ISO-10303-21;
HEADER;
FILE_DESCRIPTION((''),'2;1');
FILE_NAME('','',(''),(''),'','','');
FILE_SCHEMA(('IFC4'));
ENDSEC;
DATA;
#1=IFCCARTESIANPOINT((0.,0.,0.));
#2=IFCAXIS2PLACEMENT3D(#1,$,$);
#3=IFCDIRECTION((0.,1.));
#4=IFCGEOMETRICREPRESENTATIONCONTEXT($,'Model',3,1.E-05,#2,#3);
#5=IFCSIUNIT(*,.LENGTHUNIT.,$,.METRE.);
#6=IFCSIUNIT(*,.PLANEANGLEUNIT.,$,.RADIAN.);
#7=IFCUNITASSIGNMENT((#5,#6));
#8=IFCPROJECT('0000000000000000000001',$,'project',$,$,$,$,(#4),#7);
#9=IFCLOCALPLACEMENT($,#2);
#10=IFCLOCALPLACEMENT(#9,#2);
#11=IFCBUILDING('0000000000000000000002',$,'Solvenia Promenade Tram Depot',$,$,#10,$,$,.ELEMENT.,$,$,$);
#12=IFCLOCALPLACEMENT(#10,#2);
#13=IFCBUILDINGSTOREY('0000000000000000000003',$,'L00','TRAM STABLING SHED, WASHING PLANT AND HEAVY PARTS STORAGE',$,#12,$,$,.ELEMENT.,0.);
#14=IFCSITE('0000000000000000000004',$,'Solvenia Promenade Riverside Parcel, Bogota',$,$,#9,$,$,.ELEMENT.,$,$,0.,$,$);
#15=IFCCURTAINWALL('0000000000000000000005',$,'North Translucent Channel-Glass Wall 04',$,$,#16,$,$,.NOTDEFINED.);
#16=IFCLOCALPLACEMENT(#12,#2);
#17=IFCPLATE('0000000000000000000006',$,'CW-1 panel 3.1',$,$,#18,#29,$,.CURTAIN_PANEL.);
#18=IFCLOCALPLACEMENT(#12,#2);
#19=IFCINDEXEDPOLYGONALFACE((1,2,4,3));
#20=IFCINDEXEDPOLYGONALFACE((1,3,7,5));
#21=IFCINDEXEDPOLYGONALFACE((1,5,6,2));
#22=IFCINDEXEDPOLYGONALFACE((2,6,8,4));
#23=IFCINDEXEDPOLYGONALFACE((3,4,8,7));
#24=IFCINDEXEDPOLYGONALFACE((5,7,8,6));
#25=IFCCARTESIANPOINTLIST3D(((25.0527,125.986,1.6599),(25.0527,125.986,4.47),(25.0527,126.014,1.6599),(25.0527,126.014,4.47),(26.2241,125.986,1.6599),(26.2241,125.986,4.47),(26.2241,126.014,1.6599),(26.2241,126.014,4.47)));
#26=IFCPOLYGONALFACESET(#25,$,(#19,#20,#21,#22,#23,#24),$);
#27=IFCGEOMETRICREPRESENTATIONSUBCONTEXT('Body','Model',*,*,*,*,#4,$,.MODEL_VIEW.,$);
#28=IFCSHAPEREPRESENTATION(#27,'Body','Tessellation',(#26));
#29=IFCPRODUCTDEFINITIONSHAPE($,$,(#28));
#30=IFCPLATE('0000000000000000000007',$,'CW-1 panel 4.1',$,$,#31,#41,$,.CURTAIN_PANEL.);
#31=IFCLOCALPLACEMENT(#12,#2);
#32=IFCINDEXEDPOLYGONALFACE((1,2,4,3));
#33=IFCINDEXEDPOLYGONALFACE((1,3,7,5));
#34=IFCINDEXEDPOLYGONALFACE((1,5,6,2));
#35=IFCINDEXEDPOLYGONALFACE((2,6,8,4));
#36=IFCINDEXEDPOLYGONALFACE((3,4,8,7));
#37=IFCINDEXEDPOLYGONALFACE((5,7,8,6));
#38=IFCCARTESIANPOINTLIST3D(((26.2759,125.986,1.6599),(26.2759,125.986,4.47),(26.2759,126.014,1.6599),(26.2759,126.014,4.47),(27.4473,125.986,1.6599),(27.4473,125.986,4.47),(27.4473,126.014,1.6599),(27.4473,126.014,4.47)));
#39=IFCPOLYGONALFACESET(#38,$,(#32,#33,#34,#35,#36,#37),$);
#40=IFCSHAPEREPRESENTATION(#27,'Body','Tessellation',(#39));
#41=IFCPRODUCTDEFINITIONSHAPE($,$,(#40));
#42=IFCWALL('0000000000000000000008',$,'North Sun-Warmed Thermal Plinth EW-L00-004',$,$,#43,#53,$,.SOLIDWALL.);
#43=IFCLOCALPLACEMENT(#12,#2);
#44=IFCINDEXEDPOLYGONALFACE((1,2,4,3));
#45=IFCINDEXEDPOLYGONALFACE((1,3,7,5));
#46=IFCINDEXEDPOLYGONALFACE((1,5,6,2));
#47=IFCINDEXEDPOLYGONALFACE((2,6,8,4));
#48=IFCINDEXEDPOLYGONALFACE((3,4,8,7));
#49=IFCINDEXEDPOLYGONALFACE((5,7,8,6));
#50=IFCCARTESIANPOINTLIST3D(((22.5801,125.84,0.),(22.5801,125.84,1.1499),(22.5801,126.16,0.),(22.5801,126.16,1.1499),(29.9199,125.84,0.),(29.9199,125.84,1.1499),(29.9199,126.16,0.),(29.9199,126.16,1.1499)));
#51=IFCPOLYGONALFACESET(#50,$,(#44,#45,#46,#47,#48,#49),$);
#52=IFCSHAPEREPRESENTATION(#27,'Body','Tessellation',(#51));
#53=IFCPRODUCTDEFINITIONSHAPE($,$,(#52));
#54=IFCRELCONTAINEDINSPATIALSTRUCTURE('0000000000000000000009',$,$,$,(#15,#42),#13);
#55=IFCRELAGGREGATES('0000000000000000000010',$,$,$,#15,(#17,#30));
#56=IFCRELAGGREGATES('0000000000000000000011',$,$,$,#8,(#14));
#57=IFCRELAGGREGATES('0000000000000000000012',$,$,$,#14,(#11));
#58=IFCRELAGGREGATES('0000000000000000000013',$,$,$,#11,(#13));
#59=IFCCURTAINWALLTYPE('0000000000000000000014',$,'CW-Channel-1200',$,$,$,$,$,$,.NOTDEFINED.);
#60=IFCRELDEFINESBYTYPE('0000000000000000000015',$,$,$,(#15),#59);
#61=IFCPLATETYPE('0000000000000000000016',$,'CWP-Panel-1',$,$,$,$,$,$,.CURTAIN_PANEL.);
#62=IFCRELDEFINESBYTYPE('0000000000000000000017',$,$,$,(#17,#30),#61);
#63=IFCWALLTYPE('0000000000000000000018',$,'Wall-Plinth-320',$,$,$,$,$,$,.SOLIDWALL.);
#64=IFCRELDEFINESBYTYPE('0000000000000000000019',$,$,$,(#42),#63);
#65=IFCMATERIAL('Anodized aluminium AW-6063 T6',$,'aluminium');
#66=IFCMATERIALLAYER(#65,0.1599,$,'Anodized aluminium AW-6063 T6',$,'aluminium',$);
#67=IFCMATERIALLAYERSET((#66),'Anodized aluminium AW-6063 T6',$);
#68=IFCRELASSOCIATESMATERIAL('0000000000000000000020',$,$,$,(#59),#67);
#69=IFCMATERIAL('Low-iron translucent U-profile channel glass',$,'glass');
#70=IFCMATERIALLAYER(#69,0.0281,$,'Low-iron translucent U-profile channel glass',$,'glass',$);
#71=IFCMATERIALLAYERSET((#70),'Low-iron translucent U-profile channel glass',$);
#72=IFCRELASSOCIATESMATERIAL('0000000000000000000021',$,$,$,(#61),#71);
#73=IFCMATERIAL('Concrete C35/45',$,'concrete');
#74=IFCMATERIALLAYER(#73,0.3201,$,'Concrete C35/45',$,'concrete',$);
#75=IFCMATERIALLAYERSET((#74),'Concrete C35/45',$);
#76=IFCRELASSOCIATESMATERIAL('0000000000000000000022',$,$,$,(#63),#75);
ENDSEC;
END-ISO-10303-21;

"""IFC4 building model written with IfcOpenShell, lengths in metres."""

from ifc_helpers import new_model, si_unit, direction, frame, frame_2d, origin, origin_2d, place, context, subcontext, project, spatial, rectangle, extrude, material, layer, layer_set, type_object, element, aggregate, save


model = new_model("IFC4")

# Units and contexts
model_context = context("Model", 3, precision=1e-05, world=origin(), true_north=direction((0.0, 1.0)))
body_context = subcontext(model_context, "Body", "Model", "MODEL_VIEW")
ifc_project = project(units=[si_unit("LENGTHUNIT", "METRE"), si_unit("PLANEANGLEUNIT", "RADIAN")], contexts=[model_context])

# Site, building, storey
site_placement = place(None, origin())
site = spatial("IfcSite", under=ifc_project, at=site_placement, Name="Solvenia Promenade Riverside Parcel, Bogota", CompositionType="ELEMENT", RefElevation=0.0)
building_placement = place(site_placement, origin())
building = spatial("IfcBuilding", under=site, at=building_placement, Name="Solvenia Promenade Tram Depot", CompositionType="ELEMENT")
storey_placement = place(building_placement, origin())
storey = spatial("IfcBuildingStorey", under=building, at=storey_placement, Name="L00", Description="TRAM STABLING SHED, WASHING PLANT AND HEAVY PARTS STORAGE", CompositionType="ELEMENT", Elevation=0.0)

# Curtain wall
ifc_material_1 = material(Name="Anodized aluminium AW-6063 T6", Category="aluminium")
ifc_layer_1 = layer(ifc_material_1, 0.1599, Name="Anodized aluminium AW-6063 T6", Category="aluminium")
ifc_layer_set_1 = layer_set([ifc_layer_1], Name="Anodized aluminium AW-6063 T6")
curtain_wall_type = type_object("IfcCurtainWallType", Name="CW-Channel-1200", PredefinedType="NOTDEFINED", material=ifc_layer_set_1)
curtain_wall_1_placement = place(storey_placement, origin())
curtain_wall_1 = element("IfcCurtainWall", 1, at=curtain_wall_1_placement, inside=storey, type_object=curtain_wall_type, Name="North Translucent Channel-Glass Wall 04", PredefinedType="NOTDEFINED")

# Plates
ifc_material_2 = material(Name="Low-iron translucent U-profile channel glass", Category="glass")
ifc_layer_2 = layer(ifc_material_2, 0.0281, Name="Low-iron translucent U-profile channel glass", Category="glass")
ifc_layer_set_2 = layer_set([ifc_layer_2], Name="Low-iron translucent U-profile channel glass")
plate_type = type_object("IfcPlateType", Name="CWP-Panel-1", PredefinedType="CURTAIN_PANEL", material=ifc_layer_set_2)
plate_1_placement = place(storey_placement, frame((25.6384, 126.0, 1.6599), z_axis=(0.0, 0.0, 1.0), x_axis=(1.0, 0.0, 0.0)))
plate_1 = element("IfcPlate", 2, at=plate_1_placement, type_object=plate_type, Name="CW-1 panel 3.1", PredefinedType="CURTAIN_PANEL", context=body_context, shape_type="SweptSolid", body=[
    extrude(rectangle(XDim=1.1714, YDim=0.0281, at=origin_2d()), origin(), (0.0, 0.0, 1.0), 2.8101),
])
plate_2_placement = place(storey_placement, frame((26.8616, 126.0, 1.6599), z_axis=(0.0, 0.0, 1.0), x_axis=(1.0, 0.0, 0.0)))
plate_2 = element("IfcPlate", 3, at=plate_2_placement, type_object=plate_type, Name="CW-1 panel 4.1", PredefinedType="CURTAIN_PANEL", context=body_context, shape_type="SweptSolid", body=[
    extrude(rectangle(XDim=1.1714, YDim=0.0281, at=origin_2d()), origin(), (0.0, 0.0, 1.0), 2.8101),
])
aggregate(curtain_wall_1, [plate_1, plate_2])

# Wall
ifc_material_3 = material(Name="Concrete C35/45", Category="concrete")
ifc_layer_3 = layer(ifc_material_3, 0.3201, Name="Concrete C35/45", Category="concrete")
ifc_layer_set_3 = layer_set([ifc_layer_3], Name="Concrete C35/45")
wall_type = type_object("IfcWallType", Name="Wall-Plinth-320", PredefinedType="SOLIDWALL", material=ifc_layer_set_3)
wall_placement = place(storey_placement, frame((22.5801, 126.0, 0.0), z_axis=(0.0, 0.0, 1.0), x_axis=(1.0, 0.0, 0.0)))
element("IfcWall", 4, at=wall_placement, inside=storey, type_object=wall_type, Name="North Sun-Warmed Thermal Plinth EW-L00-004", PredefinedType="SOLIDWALL", context=body_context, shape_type="SweptSolid", body=[
    extrude(rectangle(XDim=7.3398, YDim=0.3201, at=frame_2d((3.6699, 0.0))), origin(), (0.0, 0.0, 1.0), 1.1499),
])

save(model, "model.ifc")
